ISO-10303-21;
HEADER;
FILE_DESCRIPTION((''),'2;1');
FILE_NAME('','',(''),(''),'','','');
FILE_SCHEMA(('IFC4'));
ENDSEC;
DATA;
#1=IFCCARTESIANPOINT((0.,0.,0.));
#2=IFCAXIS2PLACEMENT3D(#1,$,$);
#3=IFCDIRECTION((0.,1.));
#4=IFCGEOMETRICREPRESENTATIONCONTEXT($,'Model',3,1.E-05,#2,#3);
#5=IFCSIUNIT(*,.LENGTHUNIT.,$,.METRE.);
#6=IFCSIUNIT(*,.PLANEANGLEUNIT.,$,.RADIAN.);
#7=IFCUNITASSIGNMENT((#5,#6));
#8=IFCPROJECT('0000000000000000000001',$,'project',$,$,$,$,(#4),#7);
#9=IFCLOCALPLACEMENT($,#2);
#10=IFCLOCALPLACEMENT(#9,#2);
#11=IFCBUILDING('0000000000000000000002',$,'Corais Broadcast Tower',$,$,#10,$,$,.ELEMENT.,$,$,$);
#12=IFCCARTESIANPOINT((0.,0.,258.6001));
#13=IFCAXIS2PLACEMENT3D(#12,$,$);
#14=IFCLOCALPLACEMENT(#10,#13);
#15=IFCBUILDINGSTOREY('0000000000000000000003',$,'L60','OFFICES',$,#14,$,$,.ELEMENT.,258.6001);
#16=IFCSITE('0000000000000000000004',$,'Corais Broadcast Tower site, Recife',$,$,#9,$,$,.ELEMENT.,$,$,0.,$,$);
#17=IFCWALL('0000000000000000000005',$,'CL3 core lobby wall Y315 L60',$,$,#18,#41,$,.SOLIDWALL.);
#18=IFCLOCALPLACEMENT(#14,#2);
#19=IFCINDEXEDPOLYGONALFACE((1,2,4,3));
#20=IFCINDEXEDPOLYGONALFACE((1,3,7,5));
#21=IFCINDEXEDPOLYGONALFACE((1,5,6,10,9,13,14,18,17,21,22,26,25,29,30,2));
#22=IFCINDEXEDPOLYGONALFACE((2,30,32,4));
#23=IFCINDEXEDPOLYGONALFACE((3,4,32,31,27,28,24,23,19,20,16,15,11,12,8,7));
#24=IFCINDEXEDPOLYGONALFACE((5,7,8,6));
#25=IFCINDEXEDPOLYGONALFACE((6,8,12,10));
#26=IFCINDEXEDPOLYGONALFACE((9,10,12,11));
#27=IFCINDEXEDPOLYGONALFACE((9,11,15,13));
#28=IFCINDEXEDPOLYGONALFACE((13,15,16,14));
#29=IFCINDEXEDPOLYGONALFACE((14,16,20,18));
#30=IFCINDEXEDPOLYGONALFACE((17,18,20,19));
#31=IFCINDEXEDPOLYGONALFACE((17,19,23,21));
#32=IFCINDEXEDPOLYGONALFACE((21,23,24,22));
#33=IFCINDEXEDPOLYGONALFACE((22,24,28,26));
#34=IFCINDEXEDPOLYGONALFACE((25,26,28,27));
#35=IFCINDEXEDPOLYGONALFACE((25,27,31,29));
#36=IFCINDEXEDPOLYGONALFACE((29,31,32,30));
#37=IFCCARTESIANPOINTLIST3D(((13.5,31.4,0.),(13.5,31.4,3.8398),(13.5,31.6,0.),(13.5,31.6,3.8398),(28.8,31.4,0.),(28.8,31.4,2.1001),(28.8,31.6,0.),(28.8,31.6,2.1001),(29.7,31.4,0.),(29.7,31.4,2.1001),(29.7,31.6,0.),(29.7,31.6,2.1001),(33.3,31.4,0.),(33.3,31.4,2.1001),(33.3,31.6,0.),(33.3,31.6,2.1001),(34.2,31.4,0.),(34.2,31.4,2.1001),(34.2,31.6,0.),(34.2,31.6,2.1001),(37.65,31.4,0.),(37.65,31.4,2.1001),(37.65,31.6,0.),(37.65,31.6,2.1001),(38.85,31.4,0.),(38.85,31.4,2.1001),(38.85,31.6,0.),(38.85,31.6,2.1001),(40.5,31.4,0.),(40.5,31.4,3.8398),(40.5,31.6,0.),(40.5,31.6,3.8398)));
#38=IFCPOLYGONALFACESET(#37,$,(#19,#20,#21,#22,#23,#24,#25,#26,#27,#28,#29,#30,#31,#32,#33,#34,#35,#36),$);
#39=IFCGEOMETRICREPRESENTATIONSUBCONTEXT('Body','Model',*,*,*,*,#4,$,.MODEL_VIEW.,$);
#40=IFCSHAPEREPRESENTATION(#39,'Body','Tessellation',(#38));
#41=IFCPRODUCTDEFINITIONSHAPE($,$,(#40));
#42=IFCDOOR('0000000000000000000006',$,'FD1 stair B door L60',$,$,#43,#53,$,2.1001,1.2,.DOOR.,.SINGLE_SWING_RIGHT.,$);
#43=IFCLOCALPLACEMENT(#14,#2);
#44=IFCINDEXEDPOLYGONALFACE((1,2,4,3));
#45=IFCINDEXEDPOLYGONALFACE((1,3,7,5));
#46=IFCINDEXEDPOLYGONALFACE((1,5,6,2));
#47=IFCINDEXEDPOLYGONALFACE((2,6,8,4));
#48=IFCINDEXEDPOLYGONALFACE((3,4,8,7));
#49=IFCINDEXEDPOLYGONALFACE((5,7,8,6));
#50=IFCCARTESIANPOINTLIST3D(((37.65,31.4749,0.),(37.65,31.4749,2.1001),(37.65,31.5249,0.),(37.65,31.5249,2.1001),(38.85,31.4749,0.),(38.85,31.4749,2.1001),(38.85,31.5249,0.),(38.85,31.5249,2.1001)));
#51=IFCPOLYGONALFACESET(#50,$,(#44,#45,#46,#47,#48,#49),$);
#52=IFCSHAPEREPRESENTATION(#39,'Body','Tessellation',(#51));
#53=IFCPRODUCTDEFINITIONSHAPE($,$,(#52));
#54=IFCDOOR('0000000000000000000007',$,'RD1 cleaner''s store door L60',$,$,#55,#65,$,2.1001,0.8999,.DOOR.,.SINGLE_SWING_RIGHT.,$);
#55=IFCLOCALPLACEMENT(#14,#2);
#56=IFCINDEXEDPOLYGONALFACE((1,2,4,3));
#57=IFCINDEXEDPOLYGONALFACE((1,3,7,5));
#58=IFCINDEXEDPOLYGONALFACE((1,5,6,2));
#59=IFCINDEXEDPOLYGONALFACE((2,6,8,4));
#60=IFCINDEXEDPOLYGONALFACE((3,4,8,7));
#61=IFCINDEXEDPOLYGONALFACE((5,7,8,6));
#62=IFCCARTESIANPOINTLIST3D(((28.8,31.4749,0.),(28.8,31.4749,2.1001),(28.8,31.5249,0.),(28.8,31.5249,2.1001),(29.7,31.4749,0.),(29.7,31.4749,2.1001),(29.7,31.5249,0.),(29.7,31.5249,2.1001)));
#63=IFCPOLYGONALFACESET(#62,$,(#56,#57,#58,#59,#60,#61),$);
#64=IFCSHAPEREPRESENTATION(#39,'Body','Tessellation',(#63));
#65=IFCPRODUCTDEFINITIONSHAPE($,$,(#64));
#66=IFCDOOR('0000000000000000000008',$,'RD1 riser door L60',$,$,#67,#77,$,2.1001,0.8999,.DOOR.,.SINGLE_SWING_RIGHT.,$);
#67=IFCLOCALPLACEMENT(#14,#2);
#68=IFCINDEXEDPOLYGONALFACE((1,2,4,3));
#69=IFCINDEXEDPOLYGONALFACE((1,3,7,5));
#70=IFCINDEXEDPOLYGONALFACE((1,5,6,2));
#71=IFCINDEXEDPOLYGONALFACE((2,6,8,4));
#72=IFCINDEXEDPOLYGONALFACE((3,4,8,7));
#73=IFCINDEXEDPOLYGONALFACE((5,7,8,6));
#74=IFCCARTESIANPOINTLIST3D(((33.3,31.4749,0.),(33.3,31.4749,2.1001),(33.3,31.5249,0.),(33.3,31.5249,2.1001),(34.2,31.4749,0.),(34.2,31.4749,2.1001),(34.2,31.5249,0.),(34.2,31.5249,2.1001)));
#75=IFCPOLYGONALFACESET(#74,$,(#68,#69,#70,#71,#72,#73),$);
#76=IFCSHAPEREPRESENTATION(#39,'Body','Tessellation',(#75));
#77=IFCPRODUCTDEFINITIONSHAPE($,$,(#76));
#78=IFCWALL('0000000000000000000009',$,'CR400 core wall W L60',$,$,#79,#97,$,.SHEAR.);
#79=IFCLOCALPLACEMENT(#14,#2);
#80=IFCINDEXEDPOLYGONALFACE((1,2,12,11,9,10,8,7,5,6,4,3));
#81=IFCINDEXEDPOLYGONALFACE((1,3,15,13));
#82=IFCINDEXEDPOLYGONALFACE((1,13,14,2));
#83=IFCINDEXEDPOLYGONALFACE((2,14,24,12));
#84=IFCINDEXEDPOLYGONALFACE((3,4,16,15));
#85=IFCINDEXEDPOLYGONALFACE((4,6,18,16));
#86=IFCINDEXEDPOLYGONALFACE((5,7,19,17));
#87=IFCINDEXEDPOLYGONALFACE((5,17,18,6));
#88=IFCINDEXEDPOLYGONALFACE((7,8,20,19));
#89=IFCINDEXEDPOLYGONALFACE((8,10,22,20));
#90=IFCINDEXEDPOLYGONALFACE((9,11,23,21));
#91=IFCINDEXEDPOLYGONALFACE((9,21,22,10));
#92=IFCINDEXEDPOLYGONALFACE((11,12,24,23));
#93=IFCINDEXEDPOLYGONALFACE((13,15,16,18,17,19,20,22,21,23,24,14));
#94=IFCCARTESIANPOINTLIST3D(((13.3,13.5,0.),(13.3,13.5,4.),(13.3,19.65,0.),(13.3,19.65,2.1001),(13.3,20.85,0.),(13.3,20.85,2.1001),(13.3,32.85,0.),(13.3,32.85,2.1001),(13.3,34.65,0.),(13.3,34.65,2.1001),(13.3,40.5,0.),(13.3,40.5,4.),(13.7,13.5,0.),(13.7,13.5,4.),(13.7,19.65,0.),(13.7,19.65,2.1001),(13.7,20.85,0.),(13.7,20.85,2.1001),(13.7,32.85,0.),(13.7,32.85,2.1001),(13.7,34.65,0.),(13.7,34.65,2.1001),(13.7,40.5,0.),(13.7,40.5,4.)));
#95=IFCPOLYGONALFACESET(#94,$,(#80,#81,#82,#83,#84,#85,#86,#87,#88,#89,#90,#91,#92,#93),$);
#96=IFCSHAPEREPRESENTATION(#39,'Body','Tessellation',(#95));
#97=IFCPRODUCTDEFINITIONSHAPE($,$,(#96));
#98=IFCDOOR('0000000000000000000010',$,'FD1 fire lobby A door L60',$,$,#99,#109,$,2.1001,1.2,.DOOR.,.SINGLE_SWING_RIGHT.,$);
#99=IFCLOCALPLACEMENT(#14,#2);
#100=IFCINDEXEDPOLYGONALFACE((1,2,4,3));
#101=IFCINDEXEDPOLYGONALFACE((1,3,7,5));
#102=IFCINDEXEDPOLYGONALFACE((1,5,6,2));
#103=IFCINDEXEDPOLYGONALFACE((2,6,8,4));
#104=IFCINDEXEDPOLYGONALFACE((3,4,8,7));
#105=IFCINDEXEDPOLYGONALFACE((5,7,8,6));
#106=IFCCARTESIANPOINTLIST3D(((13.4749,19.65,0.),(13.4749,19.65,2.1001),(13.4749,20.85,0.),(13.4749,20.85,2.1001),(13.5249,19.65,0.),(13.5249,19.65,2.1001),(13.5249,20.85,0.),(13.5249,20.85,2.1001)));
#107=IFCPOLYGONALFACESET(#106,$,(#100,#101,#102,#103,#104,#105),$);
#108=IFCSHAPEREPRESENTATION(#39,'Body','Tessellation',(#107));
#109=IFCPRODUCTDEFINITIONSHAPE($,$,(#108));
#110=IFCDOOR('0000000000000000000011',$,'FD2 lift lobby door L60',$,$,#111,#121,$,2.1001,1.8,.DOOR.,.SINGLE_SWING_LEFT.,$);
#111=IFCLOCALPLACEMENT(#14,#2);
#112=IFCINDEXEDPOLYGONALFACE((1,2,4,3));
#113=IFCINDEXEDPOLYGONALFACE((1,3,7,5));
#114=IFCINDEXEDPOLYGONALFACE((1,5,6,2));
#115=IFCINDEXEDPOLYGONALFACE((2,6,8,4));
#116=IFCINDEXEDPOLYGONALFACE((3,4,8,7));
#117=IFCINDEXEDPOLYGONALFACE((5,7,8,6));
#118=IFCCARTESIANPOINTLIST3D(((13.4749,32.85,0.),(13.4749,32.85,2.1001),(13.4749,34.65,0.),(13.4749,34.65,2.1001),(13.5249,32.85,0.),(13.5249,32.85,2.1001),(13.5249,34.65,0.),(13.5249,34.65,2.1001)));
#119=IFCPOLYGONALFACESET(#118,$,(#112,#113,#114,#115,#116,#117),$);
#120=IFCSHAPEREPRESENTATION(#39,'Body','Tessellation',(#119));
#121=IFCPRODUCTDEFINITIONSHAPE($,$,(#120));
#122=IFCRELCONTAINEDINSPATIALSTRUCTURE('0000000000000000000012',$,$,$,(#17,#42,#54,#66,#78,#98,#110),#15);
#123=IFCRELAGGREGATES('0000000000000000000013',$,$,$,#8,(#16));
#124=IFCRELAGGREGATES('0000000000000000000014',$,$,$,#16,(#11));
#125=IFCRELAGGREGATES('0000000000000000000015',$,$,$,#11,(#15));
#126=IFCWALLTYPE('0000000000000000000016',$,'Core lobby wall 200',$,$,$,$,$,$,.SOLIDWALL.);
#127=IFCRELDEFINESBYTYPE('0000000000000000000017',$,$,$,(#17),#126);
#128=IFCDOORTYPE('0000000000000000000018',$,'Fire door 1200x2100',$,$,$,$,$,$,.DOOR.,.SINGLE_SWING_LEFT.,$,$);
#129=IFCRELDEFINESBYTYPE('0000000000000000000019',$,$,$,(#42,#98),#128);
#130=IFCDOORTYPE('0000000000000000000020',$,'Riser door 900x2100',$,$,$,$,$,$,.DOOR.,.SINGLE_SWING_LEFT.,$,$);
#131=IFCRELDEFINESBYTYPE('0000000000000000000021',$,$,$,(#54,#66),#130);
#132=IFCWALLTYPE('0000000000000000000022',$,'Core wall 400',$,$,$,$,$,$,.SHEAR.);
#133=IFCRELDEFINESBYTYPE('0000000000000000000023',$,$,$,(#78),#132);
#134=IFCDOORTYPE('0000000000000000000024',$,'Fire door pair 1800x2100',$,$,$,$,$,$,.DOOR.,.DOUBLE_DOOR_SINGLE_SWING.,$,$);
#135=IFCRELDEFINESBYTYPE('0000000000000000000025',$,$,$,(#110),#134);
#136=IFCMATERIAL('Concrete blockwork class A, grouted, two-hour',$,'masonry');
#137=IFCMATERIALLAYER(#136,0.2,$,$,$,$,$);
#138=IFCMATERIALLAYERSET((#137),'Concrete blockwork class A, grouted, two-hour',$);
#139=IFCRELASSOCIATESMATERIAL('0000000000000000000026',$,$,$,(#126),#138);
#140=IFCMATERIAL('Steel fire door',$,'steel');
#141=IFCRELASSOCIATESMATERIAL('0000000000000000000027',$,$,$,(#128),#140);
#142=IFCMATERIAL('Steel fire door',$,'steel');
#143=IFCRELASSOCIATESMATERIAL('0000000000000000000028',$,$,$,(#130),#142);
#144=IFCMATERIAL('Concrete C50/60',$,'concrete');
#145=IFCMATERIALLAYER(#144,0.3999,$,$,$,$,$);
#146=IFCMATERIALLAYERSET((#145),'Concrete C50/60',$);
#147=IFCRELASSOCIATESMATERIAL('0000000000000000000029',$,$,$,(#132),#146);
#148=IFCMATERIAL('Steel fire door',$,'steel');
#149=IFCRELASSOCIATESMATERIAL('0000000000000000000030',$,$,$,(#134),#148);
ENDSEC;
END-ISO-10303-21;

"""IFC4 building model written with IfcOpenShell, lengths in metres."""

from ifc_helpers import new_model, si_unit, direction, frame, frame_2d, origin, place, context, subcontext, project, spatial, rectangle, extrude, material, layer, layer_set, type_object, element, fill, save


model = new_model("IFC4")

# Units and contexts
model_context = context("Model", 3, precision=1e-05, world=origin(), true_north=direction((0.0, 1.0)))
body_context = subcontext(model_context, "Body", "Model", "MODEL_VIEW")
ifc_project = project(units=[si_unit("LENGTHUNIT", "METRE"), si_unit("PLANEANGLEUNIT", "RADIAN")], contexts=[model_context])

# Site, building, storey
site_placement = place(None, origin())
site = spatial("IfcSite", under=ifc_project, at=site_placement, Name="Corais Broadcast Tower site, Recife", CompositionType="ELEMENT", RefElevation=0.0)
building_placement = place(site_placement, origin())
building = spatial("IfcBuilding", under=site, at=building_placement, Name="Corais Broadcast Tower", CompositionType="ELEMENT")
storey_placement = place(building_placement, frame((0.0, 0.0, 258.6001)))
storey = spatial("IfcBuildingStorey", under=building, at=storey_placement, Name="L60", Description="OFFICES", CompositionType="ELEMENT", Elevation=258.6001)

# Walls, openings, doors
ifc_material_1 = material(Name="Concrete blockwork class A, grouted, two-hour", Category="masonry")
ifc_layer_1 = layer(ifc_material_1, 0.2)
ifc_layer_set_1 = layer_set([ifc_layer_1], Name="Concrete blockwork class A, grouted, two-hour")
wall_type_1 = type_object("IfcWallType", Name="Core lobby wall 200", PredefinedType="SOLIDWALL", material=ifc_layer_set_1)
wall_1_placement = place(storey_placement, frame((13.5, 31.5, 0.0), z_axis=(0.0, 0.0, 1.0), x_axis=(1.0, 0.0, 0.0)))
wall_1 = element("IfcWall", 1, at=wall_1_placement, inside=storey, type_object=wall_type_1, Name="CL3 core lobby wall Y315 L60", PredefinedType="SOLIDWALL", context=body_context, shape_type="SweptSolid", body=[
    extrude(rectangle(XDim=27.0, YDim=0.2, at=frame_2d((13.5, 0.0))), origin(), (0.0, 0.0, 1.0), 3.8398),
])
opening_1_placement = place(wall_1_placement, frame((24.1499, 0.0, 0.0)))
opening_1 = element("IfcOpeningElement", 2, at=opening_1_placement, cuts=wall_1, PredefinedType="OPENING", context=body_context, shape_type="SweptSolid", body=[
    extrude(rectangle(XDim=1.2, YDim=2.1001, at=frame_2d((0.6001, 1.05))), frame((0.0, 0.1099, 0.0), z_axis=(0.0, -1.0, 0.0), x_axis=(1.0, 0.0, 0.0)), (0.0, 0.0, 1.0), 0.22),
])
opening_2_placement = place(wall_1_placement, frame((15.3, 0.0, 0.0)))
opening_2 = element("IfcOpeningElement", 3, at=opening_2_placement, cuts=wall_1, PredefinedType="OPENING", context=body_context, shape_type="SweptSolid", body=[
    extrude(rectangle(XDim=0.8999, YDim=2.1001, at=frame_2d((0.45, 1.05))), frame((0.0, 0.1099, 0.0), z_axis=(0.0, -1.0, 0.0), x_axis=(1.0, 0.0, 0.0)), (0.0, 0.0, 1.0), 0.22),
])
opening_3_placement = place(wall_1_placement, frame((19.8, 0.0, 0.0)))
opening_3 = element("IfcOpeningElement", 4, at=opening_3_placement, cuts=wall_1, PredefinedType="OPENING", context=body_context, shape_type="SweptSolid", body=[
    extrude(rectangle(XDim=0.8999, YDim=2.1001, at=frame_2d((0.45, 1.05))), frame((0.0, 0.1099, 0.0), z_axis=(0.0, -1.0, 0.0), x_axis=(1.0, 0.0, 0.0)), (0.0, 0.0, 1.0), 0.22),
])
ifc_material_2 = material(Name="Steel fire door", Category="steel")
door_type_1 = type_object("IfcDoorType", Name="Fire door 1200x2100", OperationType="SINGLE_SWING_LEFT", PredefinedType="DOOR", material=ifc_material_2)
door_1_placement = place(opening_1_placement, origin())
door_1 = element("IfcDoor", 5, at=door_1_placement, inside=storey, type_object=door_type_1, Name="FD1 stair B door L60", OperationType="SINGLE_SWING_RIGHT", OverallHeight=2.1001, OverallWidth=1.2, PredefinedType="DOOR", context=body_context, shape_type="SweptSolid", body=[
    extrude(rectangle(XDim=1.2, YDim=2.1001, at=frame_2d((0.6001, 1.05))), frame((0.0, 0.0249, 0.0), z_axis=(0.0, -1.0, 0.0), x_axis=(1.0, 0.0, 0.0)), (0.0, 0.0, 1.0), 0.05),
])
fill(opening_1, door_1)
ifc_material_3 = material(Name="Steel fire door", Category="steel")
door_type_2 = type_object("IfcDoorType", Name="Riser door 900x2100", OperationType="SINGLE_SWING_LEFT", PredefinedType="DOOR", material=ifc_material_3)
door_2_placement = place(opening_2_placement, origin())
door_2 = element("IfcDoor", 6, at=door_2_placement, inside=storey, type_object=door_type_2, Name="RD1 cleaner's store door L60", OperationType="SINGLE_SWING_RIGHT", OverallHeight=2.1001, OverallWidth=0.8999, PredefinedType="DOOR", context=body_context, shape_type="SweptSolid", body=[
    extrude(rectangle(XDim=0.8999, YDim=2.1001, at=frame_2d((0.45, 1.05))), frame((0.0, 0.0249, 0.0), z_axis=(0.0, -1.0, 0.0), x_axis=(1.0, 0.0, 0.0)), (0.0, 0.0, 1.0), 0.05),
])
fill(opening_2, door_2)
door_3_placement = place(opening_3_placement, origin())
door_3 = element("IfcDoor", 7, at=door_3_placement, inside=storey, type_object=door_type_2, Name="RD1 riser door L60", OperationType="SINGLE_SWING_RIGHT", OverallHeight=2.1001, OverallWidth=0.8999, PredefinedType="DOOR", context=body_context, shape_type="SweptSolid", body=[
    extrude(rectangle(XDim=0.8999, YDim=2.1001, at=frame_2d((0.45, 1.05))), frame((0.0, 0.0249, 0.0), z_axis=(0.0, -1.0, 0.0), x_axis=(1.0, 0.0, 0.0)), (0.0, 0.0, 1.0), 0.05),
])
fill(opening_3, door_3)
ifc_material_4 = material(Name="Concrete C50/60", Category="concrete")
ifc_layer_2 = layer(ifc_material_4, 0.3999)
ifc_layer_set_2 = layer_set([ifc_layer_2], Name="Concrete C50/60")
wall_type_2 = type_object("IfcWallType", Name="Core wall 400", PredefinedType="SHEAR", material=ifc_layer_set_2)
wall_2_placement = place(storey_placement, frame((13.5, 40.5, 0.0), z_axis=(0.0, 0.0, 1.0), x_axis=(0.0, -1.0, 0.0)))
wall_2 = element("IfcWall", 8, at=wall_2_placement, inside=storey, type_object=wall_type_2, Name="CR400 core wall W L60", PredefinedType="SHEAR", context=body_context, shape_type="SweptSolid", body=[
    extrude(rectangle(XDim=27.0, YDim=0.3999, at=frame_2d((13.5, 0.0))), origin(), (0.0, 0.0, 1.0), 4.0),
])
opening_4_placement = place(wall_2_placement, frame((19.6499, 0.0, 0.0)))
opening_4 = element("IfcOpeningElement", 9, at=opening_4_placement, cuts=wall_2, PredefinedType="OPENING", context=body_context, shape_type="SweptSolid", body=[
    extrude(rectangle(XDim=1.2, YDim=2.1001, at=frame_2d((0.6001, 1.05))), frame((0.0, 0.21, 0.0), z_axis=(0.0, -1.0, 0.0), x_axis=(1.0, 0.0, 0.0)), (0.0, 0.0, 1.0), 0.4199),
])
opening_5_placement = place(wall_2_placement, frame((5.8501, 0.0, 0.0)))
opening_5 = element("IfcOpeningElement", 10, at=opening_5_placement, cuts=wall_2, PredefinedType="OPENING", context=body_context, shape_type="SweptSolid", body=[
    extrude(rectangle(XDim=1.8, YDim=2.1001, at=frame_2d((0.8999, 1.05))), frame((0.0, 0.21, 0.0), z_axis=(0.0, -1.0, 0.0), x_axis=(1.0, 0.0, 0.0)), (0.0, 0.0, 1.0), 0.4199),
])
door_4_placement = place(opening_4_placement, origin())
door_4 = element("IfcDoor", 11, at=door_4_placement, inside=storey, type_object=door_type_1, Name="FD1 fire lobby A door L60", OperationType="SINGLE_SWING_RIGHT", OverallHeight=2.1001, OverallWidth=1.2, PredefinedType="DOOR", context=body_context, shape_type="SweptSolid", body=[
    extrude(rectangle(XDim=1.2, YDim=2.1001, at=frame_2d((0.6001, 1.05))), frame((0.0, 0.0249, 0.0), z_axis=(0.0, -1.0, 0.0), x_axis=(1.0, 0.0, 0.0)), (0.0, 0.0, 1.0), 0.05),
])
fill(opening_4, door_4)
ifc_material_5 = material(Name="Steel fire door", Category="steel")
door_type_3 = type_object("IfcDoorType", Name="Fire door pair 1800x2100", OperationType="DOUBLE_DOOR_SINGLE_SWING", PredefinedType="DOOR", material=ifc_material_5)
door_5_placement = place(opening_5_placement, origin())
door_5 = element("IfcDoor", 12, at=door_5_placement, inside=storey, type_object=door_type_3, Name="FD2 lift lobby door L60", OperationType="SINGLE_SWING_LEFT", OverallHeight=2.1001, OverallWidth=1.8, PredefinedType="DOOR", context=body_context, shape_type="SweptSolid", body=[
    extrude(rectangle(XDim=1.8, YDim=2.1001, at=frame_2d((0.8999, 1.05))), frame((0.0, 0.0249, 0.0), z_axis=(0.0, -1.0, 0.0), x_axis=(1.0, 0.0, 0.0)), (0.0, 0.0, 1.0), 0.05),
])
fill(opening_5, door_5)

save(model, "model.ifc")
